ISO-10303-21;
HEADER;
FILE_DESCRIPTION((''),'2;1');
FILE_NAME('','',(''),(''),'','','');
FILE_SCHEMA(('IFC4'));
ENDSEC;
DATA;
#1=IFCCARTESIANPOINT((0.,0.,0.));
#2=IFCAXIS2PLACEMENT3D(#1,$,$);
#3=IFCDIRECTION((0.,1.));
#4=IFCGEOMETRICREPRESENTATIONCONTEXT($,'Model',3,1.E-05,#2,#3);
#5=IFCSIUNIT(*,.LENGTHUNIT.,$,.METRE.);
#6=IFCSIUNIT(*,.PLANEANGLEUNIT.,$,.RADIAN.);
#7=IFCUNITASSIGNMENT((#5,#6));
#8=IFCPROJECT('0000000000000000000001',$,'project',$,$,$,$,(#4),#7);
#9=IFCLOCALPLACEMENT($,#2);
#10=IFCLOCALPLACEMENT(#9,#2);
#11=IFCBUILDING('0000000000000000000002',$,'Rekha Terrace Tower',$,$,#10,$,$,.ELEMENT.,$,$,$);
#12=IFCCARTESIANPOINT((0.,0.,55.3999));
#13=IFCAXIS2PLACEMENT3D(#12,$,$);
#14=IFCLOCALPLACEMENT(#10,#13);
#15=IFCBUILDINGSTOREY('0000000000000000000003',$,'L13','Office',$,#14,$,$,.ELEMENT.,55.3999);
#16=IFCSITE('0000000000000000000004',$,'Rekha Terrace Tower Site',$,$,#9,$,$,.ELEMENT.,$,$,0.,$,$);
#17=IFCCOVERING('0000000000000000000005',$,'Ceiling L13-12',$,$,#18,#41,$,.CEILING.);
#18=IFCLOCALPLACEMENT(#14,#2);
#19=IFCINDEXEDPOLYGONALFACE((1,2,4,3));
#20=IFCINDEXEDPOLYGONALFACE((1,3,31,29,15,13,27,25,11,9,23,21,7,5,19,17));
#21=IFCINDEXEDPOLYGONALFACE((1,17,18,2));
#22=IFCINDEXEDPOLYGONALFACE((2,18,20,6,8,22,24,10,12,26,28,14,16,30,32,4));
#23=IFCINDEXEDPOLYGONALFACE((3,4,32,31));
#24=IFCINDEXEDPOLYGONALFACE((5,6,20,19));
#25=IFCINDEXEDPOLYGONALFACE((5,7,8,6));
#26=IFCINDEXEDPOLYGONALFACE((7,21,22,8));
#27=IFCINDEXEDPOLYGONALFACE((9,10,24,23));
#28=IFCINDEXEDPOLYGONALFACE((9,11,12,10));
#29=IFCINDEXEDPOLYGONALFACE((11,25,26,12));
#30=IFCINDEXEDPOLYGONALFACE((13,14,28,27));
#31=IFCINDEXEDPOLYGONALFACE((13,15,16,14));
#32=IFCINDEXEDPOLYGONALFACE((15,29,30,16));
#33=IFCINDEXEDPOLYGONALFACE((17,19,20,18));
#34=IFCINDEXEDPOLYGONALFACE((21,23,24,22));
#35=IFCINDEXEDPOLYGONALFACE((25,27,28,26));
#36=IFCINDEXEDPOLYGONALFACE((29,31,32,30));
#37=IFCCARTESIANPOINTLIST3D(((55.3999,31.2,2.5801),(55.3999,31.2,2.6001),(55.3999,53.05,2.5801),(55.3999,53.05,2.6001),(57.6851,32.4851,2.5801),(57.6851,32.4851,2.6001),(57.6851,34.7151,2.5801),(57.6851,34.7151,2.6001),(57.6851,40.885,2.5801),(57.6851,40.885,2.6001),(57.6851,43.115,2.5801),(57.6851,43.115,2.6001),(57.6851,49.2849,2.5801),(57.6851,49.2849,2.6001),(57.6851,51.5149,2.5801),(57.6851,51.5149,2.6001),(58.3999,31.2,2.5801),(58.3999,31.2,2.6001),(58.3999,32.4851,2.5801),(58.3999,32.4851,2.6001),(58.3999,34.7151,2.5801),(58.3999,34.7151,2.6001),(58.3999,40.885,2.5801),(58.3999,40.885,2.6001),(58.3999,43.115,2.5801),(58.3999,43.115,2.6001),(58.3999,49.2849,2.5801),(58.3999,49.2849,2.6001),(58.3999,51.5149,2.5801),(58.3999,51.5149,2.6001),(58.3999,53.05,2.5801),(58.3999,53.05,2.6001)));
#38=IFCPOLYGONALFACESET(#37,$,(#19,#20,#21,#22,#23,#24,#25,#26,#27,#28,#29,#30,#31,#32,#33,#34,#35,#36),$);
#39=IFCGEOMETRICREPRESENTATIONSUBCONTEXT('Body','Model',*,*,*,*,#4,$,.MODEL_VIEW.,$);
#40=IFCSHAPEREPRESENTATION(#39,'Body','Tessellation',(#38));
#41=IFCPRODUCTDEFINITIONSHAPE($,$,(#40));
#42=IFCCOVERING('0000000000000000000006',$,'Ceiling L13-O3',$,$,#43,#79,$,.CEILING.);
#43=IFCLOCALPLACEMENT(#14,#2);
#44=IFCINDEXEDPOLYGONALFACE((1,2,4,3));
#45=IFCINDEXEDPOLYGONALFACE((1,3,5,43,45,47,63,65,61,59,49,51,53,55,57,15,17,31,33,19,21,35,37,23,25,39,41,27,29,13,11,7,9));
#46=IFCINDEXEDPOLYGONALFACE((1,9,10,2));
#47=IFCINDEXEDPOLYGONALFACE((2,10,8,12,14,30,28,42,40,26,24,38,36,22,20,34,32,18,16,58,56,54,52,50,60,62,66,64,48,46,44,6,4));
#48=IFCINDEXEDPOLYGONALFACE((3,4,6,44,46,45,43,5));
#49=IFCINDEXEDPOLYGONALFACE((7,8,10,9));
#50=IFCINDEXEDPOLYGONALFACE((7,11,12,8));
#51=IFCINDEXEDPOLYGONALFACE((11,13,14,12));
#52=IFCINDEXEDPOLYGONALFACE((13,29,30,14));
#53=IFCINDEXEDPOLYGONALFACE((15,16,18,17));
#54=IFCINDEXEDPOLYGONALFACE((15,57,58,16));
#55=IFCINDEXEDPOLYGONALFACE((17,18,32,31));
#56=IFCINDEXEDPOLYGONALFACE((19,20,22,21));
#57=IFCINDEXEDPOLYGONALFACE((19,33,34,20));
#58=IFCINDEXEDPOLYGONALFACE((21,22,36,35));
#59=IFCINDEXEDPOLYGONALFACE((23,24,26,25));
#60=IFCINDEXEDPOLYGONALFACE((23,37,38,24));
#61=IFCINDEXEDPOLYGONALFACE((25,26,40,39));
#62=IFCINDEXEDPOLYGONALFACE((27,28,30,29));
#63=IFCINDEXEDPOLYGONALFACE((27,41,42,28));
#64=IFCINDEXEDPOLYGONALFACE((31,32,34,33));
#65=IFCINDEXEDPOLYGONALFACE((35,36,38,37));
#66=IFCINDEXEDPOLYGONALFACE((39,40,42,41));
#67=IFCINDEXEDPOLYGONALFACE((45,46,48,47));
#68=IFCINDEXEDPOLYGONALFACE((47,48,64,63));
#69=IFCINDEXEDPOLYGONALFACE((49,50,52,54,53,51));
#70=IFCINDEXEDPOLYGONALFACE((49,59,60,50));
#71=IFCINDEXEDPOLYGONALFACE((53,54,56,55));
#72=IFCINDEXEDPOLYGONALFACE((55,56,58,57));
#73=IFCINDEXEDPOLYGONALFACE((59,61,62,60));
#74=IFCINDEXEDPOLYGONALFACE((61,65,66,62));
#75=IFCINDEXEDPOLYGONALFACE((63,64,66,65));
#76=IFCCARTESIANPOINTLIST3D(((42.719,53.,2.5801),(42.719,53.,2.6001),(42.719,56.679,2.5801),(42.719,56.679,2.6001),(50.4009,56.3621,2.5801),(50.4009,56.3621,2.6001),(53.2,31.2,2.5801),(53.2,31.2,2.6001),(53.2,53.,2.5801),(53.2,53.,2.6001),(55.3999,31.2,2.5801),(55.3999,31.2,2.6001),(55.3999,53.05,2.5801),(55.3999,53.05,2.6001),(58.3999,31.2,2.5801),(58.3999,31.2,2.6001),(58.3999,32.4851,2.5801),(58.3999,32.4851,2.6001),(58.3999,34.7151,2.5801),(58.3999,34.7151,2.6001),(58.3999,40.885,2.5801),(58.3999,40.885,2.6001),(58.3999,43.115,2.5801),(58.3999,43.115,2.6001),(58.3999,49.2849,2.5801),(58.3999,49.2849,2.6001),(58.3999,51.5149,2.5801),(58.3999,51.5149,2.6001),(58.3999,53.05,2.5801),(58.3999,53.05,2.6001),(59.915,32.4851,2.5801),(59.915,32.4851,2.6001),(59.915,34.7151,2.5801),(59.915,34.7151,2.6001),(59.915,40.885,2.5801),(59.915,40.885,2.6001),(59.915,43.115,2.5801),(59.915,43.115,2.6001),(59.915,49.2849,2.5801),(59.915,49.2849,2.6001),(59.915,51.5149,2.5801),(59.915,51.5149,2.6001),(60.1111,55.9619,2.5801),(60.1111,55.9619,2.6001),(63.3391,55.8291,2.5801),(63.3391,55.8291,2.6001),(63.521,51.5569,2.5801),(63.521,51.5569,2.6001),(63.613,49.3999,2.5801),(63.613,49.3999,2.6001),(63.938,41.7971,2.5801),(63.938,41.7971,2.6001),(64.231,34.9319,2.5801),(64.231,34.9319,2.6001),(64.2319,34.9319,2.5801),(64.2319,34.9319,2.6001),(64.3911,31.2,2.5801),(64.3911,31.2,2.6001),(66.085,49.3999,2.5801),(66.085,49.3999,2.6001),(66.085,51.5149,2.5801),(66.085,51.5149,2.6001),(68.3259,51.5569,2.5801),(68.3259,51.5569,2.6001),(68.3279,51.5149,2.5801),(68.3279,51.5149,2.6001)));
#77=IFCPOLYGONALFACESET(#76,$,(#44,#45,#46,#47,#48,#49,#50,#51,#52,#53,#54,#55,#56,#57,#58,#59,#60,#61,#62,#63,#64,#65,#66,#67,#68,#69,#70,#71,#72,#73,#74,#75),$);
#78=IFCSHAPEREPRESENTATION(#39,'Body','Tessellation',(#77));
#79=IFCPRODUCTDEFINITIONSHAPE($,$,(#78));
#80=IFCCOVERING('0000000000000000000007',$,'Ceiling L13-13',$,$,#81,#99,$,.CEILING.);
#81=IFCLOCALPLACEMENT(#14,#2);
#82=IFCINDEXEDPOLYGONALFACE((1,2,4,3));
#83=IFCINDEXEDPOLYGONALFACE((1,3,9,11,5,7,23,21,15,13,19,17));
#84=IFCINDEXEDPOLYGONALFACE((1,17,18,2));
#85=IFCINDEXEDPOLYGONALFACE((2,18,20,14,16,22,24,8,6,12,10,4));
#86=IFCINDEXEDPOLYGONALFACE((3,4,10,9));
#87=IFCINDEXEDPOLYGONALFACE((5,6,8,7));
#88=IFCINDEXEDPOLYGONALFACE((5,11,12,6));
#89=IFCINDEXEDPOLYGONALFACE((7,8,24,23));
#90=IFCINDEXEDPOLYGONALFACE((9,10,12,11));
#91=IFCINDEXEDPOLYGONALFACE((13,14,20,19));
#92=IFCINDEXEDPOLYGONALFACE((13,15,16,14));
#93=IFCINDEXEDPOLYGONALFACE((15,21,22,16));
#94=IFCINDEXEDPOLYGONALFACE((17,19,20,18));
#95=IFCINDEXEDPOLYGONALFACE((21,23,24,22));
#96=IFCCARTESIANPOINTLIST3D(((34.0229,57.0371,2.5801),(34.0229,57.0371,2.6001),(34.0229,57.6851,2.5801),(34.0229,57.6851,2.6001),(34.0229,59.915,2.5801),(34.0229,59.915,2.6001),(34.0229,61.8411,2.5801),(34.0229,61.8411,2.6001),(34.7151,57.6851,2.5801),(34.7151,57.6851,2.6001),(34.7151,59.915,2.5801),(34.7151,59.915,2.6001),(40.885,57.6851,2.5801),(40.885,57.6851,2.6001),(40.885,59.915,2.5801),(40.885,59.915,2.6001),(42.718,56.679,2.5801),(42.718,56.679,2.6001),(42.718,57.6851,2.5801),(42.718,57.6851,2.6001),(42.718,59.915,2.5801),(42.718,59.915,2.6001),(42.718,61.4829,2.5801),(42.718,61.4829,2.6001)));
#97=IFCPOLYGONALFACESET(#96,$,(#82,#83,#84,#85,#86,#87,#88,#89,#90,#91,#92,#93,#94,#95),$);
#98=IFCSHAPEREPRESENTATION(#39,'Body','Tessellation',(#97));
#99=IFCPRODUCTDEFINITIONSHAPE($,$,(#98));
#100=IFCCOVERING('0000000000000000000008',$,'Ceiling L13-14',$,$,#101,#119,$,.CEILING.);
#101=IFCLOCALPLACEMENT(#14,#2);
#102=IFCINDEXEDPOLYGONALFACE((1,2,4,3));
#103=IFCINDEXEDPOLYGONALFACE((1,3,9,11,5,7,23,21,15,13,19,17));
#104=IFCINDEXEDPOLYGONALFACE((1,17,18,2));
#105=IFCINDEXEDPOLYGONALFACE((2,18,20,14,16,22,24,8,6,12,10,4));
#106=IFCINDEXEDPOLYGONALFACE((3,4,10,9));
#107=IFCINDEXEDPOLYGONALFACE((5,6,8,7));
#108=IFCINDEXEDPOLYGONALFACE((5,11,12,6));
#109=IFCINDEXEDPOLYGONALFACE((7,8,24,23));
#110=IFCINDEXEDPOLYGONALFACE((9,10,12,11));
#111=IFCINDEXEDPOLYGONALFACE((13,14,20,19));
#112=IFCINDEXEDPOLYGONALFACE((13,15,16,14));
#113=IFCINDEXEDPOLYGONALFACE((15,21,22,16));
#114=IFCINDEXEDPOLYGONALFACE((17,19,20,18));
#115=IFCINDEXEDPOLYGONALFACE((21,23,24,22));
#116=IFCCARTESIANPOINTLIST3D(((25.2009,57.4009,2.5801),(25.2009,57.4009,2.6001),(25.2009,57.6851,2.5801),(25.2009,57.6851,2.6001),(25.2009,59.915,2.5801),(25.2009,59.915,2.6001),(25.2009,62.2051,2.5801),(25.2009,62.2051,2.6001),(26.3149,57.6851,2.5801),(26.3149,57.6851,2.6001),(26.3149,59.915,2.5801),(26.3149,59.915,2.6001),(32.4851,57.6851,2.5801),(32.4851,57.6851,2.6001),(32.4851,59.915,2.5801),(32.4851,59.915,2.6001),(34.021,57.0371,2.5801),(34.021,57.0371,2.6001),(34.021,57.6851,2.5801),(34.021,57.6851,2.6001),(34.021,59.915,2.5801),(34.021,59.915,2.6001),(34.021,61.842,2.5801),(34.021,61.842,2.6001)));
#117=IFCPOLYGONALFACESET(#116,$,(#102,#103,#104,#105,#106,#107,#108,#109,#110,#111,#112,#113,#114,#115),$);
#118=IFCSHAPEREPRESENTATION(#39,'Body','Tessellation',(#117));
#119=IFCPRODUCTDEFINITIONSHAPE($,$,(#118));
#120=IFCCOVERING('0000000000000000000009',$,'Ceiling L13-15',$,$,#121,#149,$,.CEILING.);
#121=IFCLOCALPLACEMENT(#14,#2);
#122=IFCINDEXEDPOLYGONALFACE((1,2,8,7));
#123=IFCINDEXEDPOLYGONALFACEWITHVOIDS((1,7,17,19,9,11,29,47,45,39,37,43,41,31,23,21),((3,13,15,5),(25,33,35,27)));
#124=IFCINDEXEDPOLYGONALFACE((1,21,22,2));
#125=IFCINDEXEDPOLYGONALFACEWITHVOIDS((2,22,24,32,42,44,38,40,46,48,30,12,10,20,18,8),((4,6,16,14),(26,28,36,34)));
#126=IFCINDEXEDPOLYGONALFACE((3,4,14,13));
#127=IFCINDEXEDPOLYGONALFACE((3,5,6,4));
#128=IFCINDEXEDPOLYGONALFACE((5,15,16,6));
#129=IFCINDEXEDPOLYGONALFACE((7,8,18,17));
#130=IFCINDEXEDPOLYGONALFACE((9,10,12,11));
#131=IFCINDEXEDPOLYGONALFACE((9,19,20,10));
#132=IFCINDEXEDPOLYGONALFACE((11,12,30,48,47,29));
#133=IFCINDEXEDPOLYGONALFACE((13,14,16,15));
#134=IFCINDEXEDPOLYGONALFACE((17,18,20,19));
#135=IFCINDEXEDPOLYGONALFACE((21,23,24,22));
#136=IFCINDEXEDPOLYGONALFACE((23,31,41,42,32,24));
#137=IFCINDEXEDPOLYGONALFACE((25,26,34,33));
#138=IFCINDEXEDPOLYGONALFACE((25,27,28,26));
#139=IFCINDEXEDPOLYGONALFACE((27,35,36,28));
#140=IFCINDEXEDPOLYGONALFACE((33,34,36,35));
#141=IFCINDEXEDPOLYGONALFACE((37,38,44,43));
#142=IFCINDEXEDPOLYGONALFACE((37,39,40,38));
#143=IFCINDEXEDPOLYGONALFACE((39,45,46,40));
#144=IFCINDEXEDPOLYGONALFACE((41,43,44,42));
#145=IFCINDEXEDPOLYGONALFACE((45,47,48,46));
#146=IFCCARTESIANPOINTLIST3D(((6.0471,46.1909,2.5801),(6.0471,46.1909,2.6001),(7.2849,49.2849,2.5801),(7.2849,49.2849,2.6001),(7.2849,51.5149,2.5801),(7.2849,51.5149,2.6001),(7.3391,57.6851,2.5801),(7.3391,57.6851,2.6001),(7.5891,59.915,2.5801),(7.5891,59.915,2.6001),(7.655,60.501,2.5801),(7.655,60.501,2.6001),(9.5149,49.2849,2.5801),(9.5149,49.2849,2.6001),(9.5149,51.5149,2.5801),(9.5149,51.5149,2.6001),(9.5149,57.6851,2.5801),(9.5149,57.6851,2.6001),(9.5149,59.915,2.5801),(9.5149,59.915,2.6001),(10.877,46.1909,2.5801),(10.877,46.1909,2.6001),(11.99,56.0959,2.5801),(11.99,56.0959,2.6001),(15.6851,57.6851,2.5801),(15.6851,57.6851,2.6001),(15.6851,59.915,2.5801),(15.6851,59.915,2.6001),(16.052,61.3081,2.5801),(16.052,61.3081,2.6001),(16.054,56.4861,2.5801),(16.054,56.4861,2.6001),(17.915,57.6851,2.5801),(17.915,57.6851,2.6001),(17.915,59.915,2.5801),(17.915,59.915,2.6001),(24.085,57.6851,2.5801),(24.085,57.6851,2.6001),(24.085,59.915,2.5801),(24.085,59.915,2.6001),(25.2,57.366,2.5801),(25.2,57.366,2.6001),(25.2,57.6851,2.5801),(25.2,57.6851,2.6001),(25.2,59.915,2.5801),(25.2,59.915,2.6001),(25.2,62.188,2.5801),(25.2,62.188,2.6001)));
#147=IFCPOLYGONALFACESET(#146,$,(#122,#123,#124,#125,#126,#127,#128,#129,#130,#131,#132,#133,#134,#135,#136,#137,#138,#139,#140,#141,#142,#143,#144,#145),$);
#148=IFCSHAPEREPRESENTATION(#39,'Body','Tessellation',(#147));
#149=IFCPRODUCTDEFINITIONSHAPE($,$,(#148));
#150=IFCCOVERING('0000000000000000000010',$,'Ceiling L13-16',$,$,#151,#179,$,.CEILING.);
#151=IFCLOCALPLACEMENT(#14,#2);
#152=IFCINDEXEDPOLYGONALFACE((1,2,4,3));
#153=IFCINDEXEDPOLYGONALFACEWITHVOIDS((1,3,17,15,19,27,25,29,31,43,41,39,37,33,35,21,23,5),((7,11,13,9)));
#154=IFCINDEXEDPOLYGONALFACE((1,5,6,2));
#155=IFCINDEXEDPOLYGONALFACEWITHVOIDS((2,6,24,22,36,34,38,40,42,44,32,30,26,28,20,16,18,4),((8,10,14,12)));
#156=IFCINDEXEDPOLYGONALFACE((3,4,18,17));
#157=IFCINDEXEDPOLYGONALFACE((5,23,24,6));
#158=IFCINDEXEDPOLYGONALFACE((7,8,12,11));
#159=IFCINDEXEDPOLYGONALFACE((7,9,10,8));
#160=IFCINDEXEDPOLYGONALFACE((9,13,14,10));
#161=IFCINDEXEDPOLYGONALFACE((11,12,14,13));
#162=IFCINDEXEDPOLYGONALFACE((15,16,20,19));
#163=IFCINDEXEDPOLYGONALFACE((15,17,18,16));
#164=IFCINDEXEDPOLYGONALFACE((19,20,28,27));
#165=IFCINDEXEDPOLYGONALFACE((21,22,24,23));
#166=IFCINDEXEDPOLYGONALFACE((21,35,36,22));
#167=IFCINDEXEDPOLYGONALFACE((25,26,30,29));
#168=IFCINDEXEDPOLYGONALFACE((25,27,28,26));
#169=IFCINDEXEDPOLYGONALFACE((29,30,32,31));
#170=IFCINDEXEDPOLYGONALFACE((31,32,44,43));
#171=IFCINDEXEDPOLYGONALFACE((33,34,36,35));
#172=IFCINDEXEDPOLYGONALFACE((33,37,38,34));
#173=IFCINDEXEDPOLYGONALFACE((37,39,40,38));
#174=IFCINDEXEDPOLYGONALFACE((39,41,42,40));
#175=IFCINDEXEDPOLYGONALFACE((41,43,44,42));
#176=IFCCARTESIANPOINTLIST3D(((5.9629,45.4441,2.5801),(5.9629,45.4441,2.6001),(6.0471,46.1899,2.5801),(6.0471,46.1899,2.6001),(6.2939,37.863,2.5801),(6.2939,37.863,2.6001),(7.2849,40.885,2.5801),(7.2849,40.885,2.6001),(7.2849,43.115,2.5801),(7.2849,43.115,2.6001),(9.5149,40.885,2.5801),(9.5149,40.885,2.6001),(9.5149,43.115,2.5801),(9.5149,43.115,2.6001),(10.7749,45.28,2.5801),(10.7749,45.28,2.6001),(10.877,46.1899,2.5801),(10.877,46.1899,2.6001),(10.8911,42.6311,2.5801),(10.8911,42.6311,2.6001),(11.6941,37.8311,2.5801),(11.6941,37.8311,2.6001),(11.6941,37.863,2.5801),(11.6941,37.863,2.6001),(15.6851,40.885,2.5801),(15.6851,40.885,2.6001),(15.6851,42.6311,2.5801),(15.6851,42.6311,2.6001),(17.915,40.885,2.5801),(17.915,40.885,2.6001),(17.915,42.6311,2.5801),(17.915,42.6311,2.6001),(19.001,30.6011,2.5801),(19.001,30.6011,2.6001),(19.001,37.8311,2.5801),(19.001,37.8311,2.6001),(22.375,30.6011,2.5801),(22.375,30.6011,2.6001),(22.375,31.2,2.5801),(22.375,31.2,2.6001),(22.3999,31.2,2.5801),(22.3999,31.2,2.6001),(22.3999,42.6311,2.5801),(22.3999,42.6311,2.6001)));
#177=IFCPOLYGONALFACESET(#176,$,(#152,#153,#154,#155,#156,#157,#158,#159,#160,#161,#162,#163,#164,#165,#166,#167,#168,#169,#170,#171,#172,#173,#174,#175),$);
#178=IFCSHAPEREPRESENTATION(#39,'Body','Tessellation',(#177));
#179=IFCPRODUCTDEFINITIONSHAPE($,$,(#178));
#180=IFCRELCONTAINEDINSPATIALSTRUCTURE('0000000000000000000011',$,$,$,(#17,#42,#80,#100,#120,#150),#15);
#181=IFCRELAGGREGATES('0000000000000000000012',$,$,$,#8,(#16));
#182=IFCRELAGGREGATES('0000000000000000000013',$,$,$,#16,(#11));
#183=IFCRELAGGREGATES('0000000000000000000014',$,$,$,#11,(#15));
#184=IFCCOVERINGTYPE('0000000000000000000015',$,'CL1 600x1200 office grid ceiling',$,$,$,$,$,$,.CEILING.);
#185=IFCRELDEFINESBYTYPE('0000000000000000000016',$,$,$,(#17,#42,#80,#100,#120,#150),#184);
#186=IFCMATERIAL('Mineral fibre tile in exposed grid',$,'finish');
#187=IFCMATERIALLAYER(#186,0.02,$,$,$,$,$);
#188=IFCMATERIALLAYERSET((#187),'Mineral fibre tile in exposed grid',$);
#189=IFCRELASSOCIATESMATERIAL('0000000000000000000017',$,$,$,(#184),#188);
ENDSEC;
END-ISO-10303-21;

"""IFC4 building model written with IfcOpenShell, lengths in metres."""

from ifc_helpers import new_model, si_unit, direction, frame, origin, place, context, subcontext, project, spatial, polyline, outline, extrude, material, layer, layer_set, type_object, element, save


model = new_model("IFC4")

# Units and contexts
model_context = context("Model", 3, precision=1e-05, world=origin(), true_north=direction((0.0, 1.0)))
body_context = subcontext(model_context, "Body", "Model", "MODEL_VIEW")
ifc_project = project(units=[si_unit("LENGTHUNIT", "METRE"), si_unit("PLANEANGLEUNIT", "RADIAN")], contexts=[model_context])

# Site, building, storey
site_placement = place(None, origin())
site = spatial("IfcSite", under=ifc_project, at=site_placement, Name="Rekha Terrace Tower Site", CompositionType="ELEMENT", RefElevation=0.0)
building_placement = place(site_placement, origin())
building = spatial("IfcBuilding", under=site, at=building_placement, Name="Rekha Terrace Tower", CompositionType="ELEMENT")
storey_placement = place(building_placement, frame((0.0, 0.0, 55.3999)))
storey = spatial("IfcBuildingStorey", under=building, at=storey_placement, Name="L13", Description="Office", CompositionType="ELEMENT", Elevation=55.3999)

# Coverings
ifc_material_1 = material(Name="Mineral fibre tile in exposed grid", Category="finish")
ifc_layer_1 = layer(ifc_material_1, 0.02)
ifc_layer_set_1 = layer_set([ifc_layer_1], Name="Mineral fibre tile in exposed grid")
covering_type_1 = type_object("IfcCoveringType", Name="CL1 600x1200 office grid ceiling", PredefinedType="CEILING", material=ifc_layer_set_1)
covering_1_placement = place(storey_placement, frame((0.0, 0.0, 2.5801)))
element("IfcCovering", 1, at=covering_1_placement, inside=storey, type_object=covering_type_1, Name="Ceiling L13-12", PredefinedType="CEILING", context=body_context, shape_type="SweptSolid", body=[
    extrude(outline(polyline([(58.3999, 51.5149), (58.3999, 53.05), (55.3999, 53.05), (55.3999, 31.2), (58.3999, 31.2), (58.3999, 32.4851), (57.6851, 32.4851), (57.6851, 34.7151), (58.3999, 34.7151), (58.3999, 40.885), (57.6851, 40.885), (57.6851, 43.115), (58.3999, 43.115), (58.3999, 49.2849), (57.6851, 49.2849), (57.6851, 51.5149), (58.3999, 51.5149)])), origin(), (0.0, 0.0, 1.0), 0.02),
])
covering_2_placement = place(storey_placement, frame((0.0, 0.0, 2.5801)))
element("IfcCovering", 2, at=covering_2_placement, inside=storey, type_object=covering_type_1, Name="Ceiling L13-O3", PredefinedType="CEILING", context=body_context, shape_type="SweptSolid", body=[
    extrude(outline(polyline([(60.1111, 55.9619), (50.4009, 56.3621), (42.719, 56.679), (42.719, 53.0), (53.2, 53.0), (53.2, 31.2), (55.3999, 31.2), (55.3999, 53.05), (58.3999, 53.05), (58.3999, 51.5149), (59.915, 51.5149), (59.915, 49.2849), (58.3999, 49.2849), (58.3999, 43.115), (59.915, 43.115), (59.915, 40.885), (58.3999, 40.885), (58.3999, 34.7151), (59.915, 34.7151), (59.915, 32.4851), (58.3999, 32.4851), (58.3999, 31.2), (64.3911, 31.2), (64.2319, 34.9319), (64.231, 34.9319), (63.938, 41.7971), (63.613, 49.3999), (66.085, 49.3999), (66.085, 51.5149), (68.3279, 51.5149), (68.3259, 51.5569), (63.521, 51.5569), (63.3391, 55.8291), (60.1111, 55.9619)])), origin(), (0.0, 0.0, 1.0), 0.02),
])
covering_3_placement = place(storey_placement, frame((0.0, 0.0, 2.5801)))
element("IfcCovering", 3, at=covering_3_placement, inside=storey, type_object=covering_type_1, Name="Ceiling L13-13", PredefinedType="CEILING", context=body_context, shape_type="SweptSolid", body=[
    extrude(outline(polyline([(34.0229, 57.6851), (34.0229, 57.0371), (42.718, 56.679), (42.718, 57.6851), (40.885, 57.6851), (40.885, 59.915), (42.718, 59.915), (42.718, 61.4829), (34.0229, 61.8411), (34.0229, 59.915), (34.7151, 59.915), (34.7151, 57.6851), (34.0229, 57.6851)])), origin(), (0.0, 0.0, 1.0), 0.02),
])
covering_4_placement = place(storey_placement, frame((0.0, 0.0, 2.5801)))
element("IfcCovering", 4, at=covering_4_placement, inside=storey, type_object=covering_type_1, Name="Ceiling L13-14", PredefinedType="CEILING", context=body_context, shape_type="SweptSolid", body=[
    extrude(outline(polyline([(32.4851, 59.915), (34.021, 59.915), (34.021, 61.842), (25.2009, 62.2051), (25.2009, 59.915), (26.3149, 59.915), (26.3149, 57.6851), (25.2009, 57.6851), (25.2009, 57.4009), (34.021, 57.0371), (34.021, 57.6851), (32.4851, 57.6851), (32.4851, 59.915)])), origin(), (0.0, 0.0, 1.0), 0.02),
])
covering_5_placement = place(storey_placement, frame((0.0, 0.0, 2.5801)))
element("IfcCovering", 5, at=covering_5_placement, inside=storey, type_object=covering_type_1, Name="Ceiling L13-15", PredefinedType="CEILING", context=body_context, shape_type="SweptSolid", body=[
    extrude(outline(polyline([(24.085, 59.915), (25.2, 59.915), (25.2, 62.188), (16.052, 61.3081), (7.655, 60.501), (7.5891, 59.915), (9.5149, 59.915), (9.5149, 57.6851), (7.3391, 57.6851), (6.0471, 46.1909), (10.877, 46.1909), (11.99, 56.0959), (16.054, 56.4861), (25.2, 57.366), (25.2, 57.6851), (24.085, 57.6851), (24.085, 59.915)]), holes=[polyline([(17.915, 57.6851), (15.6851, 57.6851), (15.6851, 59.915), (17.915, 59.915), (17.915, 57.6851)]), polyline([(9.5149, 51.5149), (9.5149, 49.2849), (7.2849, 49.2849), (7.2849, 51.5149), (9.5149, 51.5149)])]), origin(), (0.0, 0.0, 1.0), 0.02),
])
covering_6_placement = place(storey_placement, frame((0.0, 0.0, 2.5801)))
element("IfcCovering", 6, at=covering_6_placement, inside=storey, type_object=covering_type_1, Name="Ceiling L13-16", PredefinedType="CEILING", context=body_context, shape_type="SweptSolid", body=[
    extrude(outline(polyline([(6.0471, 46.1899), (5.9629, 45.4441), (6.2939, 37.863), (11.6941, 37.863), (11.6941, 37.8311), (19.001, 37.8311), (19.001, 30.6011), (22.375, 30.6011), (22.375, 31.2), (22.3999, 31.2), (22.3999, 42.6311), (17.915, 42.6311), (17.915, 40.885), (15.6851, 40.885), (15.6851, 42.6311), (10.8911, 42.6311), (10.7749, 45.28), (10.877, 46.1899), (6.0471, 46.1899)]), holes=[polyline([(9.5149, 40.885), (7.2849, 40.885), (7.2849, 43.115), (9.5149, 43.115), (9.5149, 40.885)])]), origin(), (0.0, 0.0, 1.0), 0.02),
])

save(model, "model.ifc")
